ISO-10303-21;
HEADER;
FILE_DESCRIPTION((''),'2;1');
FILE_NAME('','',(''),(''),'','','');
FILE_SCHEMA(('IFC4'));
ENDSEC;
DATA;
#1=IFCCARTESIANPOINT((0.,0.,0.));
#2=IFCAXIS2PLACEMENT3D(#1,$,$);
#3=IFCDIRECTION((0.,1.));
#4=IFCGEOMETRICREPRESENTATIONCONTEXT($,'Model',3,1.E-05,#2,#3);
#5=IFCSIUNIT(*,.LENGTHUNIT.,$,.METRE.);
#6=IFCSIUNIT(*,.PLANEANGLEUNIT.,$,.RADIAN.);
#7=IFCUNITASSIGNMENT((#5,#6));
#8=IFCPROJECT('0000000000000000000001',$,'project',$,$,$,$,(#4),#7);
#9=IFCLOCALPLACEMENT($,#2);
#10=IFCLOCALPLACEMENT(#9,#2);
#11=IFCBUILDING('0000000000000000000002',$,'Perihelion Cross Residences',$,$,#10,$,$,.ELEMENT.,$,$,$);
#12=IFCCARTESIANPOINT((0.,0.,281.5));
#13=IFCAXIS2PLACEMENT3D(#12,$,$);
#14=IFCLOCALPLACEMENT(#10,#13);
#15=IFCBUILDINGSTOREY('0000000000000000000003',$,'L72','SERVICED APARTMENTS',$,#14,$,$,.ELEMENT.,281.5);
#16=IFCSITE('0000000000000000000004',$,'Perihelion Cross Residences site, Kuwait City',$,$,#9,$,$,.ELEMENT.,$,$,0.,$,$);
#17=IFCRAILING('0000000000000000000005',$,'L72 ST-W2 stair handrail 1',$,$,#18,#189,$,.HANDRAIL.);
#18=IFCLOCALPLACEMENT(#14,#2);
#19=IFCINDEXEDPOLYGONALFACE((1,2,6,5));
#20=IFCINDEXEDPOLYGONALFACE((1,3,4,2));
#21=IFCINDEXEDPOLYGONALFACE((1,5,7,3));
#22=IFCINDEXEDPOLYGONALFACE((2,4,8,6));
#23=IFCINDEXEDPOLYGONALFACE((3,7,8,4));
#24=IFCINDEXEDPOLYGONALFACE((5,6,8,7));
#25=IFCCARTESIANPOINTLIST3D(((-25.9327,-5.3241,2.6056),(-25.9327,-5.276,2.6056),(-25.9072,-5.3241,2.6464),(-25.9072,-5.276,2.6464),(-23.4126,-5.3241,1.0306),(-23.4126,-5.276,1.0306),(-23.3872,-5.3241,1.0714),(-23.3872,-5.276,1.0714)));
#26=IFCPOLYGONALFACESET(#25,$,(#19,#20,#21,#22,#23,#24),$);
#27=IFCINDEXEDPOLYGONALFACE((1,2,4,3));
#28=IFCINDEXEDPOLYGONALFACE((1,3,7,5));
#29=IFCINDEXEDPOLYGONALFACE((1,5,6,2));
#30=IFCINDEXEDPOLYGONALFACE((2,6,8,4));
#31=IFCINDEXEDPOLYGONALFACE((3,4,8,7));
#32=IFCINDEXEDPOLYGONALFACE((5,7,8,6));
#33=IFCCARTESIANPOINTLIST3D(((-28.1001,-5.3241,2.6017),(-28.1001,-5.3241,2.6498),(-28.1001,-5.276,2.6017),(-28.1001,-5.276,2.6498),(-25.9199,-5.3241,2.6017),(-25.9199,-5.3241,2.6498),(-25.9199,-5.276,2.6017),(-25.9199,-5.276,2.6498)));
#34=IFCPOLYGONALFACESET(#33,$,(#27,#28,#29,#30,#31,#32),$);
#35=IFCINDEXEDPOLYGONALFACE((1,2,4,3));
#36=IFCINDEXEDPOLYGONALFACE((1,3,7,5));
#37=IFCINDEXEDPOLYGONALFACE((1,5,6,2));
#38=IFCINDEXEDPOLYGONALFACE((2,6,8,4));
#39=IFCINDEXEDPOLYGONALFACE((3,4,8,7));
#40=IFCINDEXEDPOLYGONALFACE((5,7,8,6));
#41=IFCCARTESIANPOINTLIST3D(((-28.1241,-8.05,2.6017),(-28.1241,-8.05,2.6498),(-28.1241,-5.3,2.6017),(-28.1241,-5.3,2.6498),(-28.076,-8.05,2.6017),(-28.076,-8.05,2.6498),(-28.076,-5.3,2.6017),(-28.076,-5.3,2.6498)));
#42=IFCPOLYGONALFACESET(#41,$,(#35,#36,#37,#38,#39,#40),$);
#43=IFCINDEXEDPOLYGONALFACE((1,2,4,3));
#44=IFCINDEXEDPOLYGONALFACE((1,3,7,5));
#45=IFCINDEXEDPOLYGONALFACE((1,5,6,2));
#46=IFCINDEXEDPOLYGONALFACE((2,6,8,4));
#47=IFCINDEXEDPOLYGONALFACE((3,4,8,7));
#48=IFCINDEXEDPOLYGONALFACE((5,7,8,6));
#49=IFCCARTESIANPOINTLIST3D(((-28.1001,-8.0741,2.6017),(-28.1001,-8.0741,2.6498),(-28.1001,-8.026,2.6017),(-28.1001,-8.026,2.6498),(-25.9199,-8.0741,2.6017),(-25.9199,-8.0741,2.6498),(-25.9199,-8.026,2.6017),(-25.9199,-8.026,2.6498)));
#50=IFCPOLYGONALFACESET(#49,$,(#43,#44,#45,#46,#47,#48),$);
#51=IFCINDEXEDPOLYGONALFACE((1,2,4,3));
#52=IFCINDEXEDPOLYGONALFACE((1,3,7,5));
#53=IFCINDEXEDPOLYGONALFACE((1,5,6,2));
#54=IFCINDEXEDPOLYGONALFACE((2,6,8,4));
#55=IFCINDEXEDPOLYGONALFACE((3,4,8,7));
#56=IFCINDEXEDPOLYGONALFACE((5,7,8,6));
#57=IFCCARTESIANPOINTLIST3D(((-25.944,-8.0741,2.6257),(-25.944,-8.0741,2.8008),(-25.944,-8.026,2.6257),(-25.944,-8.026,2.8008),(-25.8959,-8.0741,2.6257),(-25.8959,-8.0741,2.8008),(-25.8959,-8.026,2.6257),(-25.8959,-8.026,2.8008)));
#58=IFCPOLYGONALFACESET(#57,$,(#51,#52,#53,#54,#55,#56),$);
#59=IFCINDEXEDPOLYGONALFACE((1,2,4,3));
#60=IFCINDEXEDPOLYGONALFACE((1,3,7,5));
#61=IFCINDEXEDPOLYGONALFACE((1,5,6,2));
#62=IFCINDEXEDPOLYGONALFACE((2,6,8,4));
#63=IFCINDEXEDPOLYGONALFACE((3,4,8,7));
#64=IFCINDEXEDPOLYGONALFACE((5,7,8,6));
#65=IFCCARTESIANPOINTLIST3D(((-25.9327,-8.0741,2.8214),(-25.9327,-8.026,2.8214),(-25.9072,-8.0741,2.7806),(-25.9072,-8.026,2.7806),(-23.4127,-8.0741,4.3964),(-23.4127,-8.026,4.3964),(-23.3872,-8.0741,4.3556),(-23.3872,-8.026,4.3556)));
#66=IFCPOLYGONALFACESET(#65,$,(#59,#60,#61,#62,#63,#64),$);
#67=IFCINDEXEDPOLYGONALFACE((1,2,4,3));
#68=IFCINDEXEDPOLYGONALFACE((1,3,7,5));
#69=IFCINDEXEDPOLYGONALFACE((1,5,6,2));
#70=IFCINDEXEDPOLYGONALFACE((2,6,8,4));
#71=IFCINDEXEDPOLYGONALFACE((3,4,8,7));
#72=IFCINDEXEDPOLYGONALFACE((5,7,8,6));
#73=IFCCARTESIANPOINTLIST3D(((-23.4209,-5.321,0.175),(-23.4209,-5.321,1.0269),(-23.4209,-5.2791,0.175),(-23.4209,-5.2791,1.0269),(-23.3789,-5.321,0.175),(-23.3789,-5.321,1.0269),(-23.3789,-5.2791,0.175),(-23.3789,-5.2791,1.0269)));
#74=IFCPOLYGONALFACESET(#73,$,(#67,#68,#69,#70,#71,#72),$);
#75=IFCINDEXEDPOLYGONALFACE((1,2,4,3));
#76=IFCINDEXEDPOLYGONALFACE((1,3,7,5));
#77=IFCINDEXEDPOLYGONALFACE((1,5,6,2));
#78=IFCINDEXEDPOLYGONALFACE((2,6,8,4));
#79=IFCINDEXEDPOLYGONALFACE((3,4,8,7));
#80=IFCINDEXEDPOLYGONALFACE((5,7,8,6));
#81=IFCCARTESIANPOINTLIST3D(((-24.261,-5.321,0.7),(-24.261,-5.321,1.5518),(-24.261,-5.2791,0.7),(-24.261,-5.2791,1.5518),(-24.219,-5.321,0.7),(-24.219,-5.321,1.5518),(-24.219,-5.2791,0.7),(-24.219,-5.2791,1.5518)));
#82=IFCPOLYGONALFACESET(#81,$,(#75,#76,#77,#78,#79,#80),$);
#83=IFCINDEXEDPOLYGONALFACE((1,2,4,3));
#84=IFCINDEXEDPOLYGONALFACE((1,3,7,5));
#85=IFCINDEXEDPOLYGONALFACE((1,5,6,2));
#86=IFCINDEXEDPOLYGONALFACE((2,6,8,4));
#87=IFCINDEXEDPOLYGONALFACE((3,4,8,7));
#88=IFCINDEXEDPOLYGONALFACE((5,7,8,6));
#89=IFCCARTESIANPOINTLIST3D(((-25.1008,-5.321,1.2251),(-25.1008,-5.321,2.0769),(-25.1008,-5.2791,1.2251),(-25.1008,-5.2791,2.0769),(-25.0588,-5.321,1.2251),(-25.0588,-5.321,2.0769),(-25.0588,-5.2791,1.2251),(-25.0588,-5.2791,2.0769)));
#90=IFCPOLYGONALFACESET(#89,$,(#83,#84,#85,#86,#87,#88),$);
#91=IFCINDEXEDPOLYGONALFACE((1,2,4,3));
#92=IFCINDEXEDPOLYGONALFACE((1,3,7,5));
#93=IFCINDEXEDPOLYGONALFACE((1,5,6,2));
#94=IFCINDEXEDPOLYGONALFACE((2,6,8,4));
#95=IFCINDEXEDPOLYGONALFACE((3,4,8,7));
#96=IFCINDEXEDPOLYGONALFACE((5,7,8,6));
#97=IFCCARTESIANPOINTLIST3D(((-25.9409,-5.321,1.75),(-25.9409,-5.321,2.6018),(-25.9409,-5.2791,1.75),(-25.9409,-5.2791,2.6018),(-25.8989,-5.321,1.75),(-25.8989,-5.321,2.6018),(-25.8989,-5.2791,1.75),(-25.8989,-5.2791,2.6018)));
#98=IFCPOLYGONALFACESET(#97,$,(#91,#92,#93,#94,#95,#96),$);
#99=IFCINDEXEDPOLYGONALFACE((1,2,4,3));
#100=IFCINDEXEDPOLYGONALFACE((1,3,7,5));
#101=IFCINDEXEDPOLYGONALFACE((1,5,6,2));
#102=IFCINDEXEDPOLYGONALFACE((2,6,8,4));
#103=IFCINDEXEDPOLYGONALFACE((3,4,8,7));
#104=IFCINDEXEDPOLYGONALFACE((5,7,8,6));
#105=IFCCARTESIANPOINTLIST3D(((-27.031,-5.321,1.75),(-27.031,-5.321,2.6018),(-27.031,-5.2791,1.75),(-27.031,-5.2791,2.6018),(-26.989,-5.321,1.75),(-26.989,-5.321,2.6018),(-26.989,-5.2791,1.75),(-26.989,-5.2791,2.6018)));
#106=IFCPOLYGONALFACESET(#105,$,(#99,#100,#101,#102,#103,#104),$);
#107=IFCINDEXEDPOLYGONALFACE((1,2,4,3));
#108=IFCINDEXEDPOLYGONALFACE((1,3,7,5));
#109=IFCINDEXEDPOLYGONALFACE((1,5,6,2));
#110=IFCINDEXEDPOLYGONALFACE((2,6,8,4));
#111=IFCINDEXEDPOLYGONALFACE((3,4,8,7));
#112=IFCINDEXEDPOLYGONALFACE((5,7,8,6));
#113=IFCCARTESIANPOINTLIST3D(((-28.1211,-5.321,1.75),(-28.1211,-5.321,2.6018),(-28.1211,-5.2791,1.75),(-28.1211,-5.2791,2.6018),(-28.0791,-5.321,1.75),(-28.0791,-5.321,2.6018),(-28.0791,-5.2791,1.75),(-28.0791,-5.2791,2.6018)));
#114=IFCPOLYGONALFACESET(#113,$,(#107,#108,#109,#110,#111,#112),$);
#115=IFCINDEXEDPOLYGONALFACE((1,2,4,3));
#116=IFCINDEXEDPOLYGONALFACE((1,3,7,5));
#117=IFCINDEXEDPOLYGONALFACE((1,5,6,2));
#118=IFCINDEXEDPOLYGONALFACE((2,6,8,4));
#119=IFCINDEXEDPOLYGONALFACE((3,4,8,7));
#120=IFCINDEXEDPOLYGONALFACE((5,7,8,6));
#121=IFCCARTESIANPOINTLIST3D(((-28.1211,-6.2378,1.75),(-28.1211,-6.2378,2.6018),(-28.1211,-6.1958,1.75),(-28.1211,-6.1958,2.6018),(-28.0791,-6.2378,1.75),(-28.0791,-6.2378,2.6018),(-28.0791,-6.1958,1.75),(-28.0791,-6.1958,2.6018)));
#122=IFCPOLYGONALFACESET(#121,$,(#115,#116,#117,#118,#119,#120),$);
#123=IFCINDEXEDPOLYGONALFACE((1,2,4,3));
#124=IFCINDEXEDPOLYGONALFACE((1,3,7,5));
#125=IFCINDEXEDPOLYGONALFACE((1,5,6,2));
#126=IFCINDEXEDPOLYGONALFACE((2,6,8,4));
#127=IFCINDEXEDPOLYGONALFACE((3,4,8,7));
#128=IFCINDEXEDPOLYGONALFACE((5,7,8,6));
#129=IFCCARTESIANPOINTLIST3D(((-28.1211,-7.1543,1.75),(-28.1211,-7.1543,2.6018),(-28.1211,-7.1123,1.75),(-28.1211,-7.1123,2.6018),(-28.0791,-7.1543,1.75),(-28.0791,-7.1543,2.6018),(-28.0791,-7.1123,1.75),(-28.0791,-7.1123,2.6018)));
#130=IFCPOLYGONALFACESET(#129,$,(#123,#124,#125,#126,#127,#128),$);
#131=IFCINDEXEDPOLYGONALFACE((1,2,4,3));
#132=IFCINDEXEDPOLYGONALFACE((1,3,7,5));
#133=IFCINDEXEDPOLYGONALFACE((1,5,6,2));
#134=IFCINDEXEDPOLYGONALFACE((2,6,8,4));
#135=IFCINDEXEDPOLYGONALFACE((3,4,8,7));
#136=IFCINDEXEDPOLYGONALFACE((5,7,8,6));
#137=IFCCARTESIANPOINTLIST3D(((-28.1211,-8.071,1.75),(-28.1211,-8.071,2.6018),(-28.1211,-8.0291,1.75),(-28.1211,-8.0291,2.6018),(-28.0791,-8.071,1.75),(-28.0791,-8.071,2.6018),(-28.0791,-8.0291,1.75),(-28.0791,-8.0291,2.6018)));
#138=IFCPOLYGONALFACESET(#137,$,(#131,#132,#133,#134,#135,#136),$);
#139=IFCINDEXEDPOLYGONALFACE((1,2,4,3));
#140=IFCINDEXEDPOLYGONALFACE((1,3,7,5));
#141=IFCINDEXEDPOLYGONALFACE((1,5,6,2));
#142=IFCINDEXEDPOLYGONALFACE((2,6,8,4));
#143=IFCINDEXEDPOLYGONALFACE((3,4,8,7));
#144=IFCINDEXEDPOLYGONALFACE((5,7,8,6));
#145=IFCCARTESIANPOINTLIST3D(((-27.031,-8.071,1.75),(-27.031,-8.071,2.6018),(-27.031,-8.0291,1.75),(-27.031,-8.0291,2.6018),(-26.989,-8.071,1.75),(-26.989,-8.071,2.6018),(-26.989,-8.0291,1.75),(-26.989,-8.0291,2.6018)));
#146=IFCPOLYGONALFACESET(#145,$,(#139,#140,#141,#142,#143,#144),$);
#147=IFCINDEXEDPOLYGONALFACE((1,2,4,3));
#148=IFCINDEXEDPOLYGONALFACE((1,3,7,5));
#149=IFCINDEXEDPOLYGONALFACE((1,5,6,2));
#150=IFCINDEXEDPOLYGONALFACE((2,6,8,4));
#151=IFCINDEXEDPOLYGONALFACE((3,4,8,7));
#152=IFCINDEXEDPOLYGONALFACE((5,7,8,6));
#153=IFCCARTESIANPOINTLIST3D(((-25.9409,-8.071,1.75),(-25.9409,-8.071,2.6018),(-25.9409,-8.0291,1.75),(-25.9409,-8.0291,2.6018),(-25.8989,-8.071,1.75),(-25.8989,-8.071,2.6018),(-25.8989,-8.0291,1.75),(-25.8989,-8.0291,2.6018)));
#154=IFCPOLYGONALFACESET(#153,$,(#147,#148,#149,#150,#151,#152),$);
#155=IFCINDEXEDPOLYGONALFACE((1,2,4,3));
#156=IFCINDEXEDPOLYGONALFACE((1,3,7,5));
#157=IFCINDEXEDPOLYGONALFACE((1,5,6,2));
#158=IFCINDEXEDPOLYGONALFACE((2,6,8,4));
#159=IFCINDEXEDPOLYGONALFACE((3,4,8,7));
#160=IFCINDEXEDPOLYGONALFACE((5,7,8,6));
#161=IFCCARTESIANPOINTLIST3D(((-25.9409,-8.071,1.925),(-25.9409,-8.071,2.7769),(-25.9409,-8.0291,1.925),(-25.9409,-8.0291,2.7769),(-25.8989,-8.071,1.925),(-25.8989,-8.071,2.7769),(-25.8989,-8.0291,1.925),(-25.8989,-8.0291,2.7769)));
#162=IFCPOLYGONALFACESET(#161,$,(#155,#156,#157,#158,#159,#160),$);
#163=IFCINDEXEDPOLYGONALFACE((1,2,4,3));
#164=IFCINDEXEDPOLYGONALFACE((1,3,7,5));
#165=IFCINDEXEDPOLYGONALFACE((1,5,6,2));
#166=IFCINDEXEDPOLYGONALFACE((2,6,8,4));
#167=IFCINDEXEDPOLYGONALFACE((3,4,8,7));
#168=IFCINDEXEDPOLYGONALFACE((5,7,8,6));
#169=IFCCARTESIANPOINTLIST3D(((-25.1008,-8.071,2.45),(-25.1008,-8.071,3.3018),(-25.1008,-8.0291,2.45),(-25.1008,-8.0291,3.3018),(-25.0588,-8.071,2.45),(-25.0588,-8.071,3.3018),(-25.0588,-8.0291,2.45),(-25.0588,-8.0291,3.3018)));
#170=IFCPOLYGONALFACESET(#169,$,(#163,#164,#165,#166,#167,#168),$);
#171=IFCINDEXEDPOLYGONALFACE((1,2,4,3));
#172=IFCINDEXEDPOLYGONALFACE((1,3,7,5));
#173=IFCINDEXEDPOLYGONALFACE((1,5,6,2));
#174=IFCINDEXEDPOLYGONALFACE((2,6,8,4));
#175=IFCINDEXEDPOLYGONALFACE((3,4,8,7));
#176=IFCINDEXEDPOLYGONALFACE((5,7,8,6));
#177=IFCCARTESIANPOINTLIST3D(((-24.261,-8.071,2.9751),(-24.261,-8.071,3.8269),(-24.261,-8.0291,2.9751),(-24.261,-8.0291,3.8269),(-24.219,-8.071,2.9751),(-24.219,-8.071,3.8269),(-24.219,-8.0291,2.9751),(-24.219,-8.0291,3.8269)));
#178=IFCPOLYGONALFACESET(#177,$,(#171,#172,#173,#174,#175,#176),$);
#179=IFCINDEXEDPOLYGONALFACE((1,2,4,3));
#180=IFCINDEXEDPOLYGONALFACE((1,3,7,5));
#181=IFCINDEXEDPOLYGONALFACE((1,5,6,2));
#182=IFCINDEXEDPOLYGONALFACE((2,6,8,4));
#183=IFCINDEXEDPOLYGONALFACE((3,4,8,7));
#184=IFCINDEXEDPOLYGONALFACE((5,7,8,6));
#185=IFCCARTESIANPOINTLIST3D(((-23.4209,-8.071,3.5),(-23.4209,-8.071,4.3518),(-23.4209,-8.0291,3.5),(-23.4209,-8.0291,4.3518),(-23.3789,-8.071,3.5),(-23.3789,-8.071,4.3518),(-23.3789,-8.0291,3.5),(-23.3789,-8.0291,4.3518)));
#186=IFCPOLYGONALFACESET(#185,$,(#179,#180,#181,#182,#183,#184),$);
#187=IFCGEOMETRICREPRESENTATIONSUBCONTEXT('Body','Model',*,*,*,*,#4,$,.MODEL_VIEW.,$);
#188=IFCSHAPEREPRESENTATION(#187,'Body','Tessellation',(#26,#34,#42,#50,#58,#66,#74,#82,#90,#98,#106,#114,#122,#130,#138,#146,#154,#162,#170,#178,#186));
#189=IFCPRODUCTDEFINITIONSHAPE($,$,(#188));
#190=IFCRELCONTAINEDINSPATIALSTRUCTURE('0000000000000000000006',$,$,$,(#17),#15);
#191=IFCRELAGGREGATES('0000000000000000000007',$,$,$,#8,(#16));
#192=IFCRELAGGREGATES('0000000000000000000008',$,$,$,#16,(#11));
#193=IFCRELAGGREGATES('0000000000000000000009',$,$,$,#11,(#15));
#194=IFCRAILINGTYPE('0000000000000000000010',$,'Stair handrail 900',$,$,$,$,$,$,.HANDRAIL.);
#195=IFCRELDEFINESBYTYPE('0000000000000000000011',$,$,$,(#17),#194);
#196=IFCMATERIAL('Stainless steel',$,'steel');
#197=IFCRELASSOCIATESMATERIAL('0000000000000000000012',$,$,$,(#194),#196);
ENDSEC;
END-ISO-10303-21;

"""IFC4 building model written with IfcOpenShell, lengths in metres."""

from ifc_helpers import new_model, si_unit, direction, frame, origin, origin_2d, place, context, subcontext, project, spatial, rectangle, extrude, material, type_object, element, save


model = new_model("IFC4")

# Units and contexts
model_context = context("Model", 3, precision=1e-05, world=origin(), true_north=direction((0.0, 1.0)))
body_context = subcontext(model_context, "Body", "Model", "MODEL_VIEW")
ifc_project = project(units=[si_unit("LENGTHUNIT", "METRE"), si_unit("PLANEANGLEUNIT", "RADIAN")], contexts=[model_context])

# Site, building, storey
site_placement = place(None, origin())
site = spatial("IfcSite", under=ifc_project, at=site_placement, Name="Perihelion Cross Residences site, Kuwait City", CompositionType="ELEMENT", RefElevation=0.0)
building_placement = place(site_placement, origin())
building = spatial("IfcBuilding", under=site, at=building_placement, Name="Perihelion Cross Residences", CompositionType="ELEMENT")
storey_placement = place(building_placement, frame((0.0, 0.0, 281.5)))
storey = spatial("IfcBuildingStorey", under=building, at=storey_placement, Name="L72", Description="SERVICED APARTMENTS", CompositionType="ELEMENT", Elevation=281.5)

# Railing
ifc_material_1 = material(Name="Stainless steel", Category="steel")
railing_type_1 = type_object("IfcRailingType", Name="Stair handrail 900", PredefinedType="HANDRAIL", material=ifc_material_1)
railing_1_placement = place(storey_placement, frame((-23.3999, -5.3, 0.175)))
element("IfcRailing", 1, at=railing_1_placement, inside=storey, type_object=railing_type_1, Name="L72 ST-W2 stair handrail 1", PredefinedType="HANDRAIL", context=body_context, shape_type="SweptSolid", body=[
    extrude(rectangle(XDim=0.0481, YDim=0.0481, at=origin_2d()), frame((0.0, 0.0, 0.876), z_axis=(-0.848008, 0.0, 0.529984), x_axis=(0.0, -1.0, 0.0)), (0.0, 0.0, 1.0), 2.9717),
    extrude(rectangle(XDim=0.0481, YDim=0.0481, at=origin_2d()), frame((-2.52, 0.0, 2.4507), z_axis=(-1.0, 0.0, 0.0), x_axis=(0.0, -1.0, 0.0)), (0.0, 0.0, 1.0), 2.1802),
    extrude(rectangle(XDim=0.0481, YDim=0.0481, at=origin_2d()), frame((-4.7002, 0.0, 2.4507), z_axis=(0.0, -1.0, 0.0), x_axis=(1.0, 0.0, 0.0)), (0.0, 0.0, 1.0), 2.75),
    extrude(rectangle(XDim=0.0481, YDim=0.0481, at=origin_2d()), frame((-4.7002, -2.75, 2.4507), z_axis=(1.0, 0.0, 0.0), x_axis=(0.0, 1.0, 0.0)), (0.0, 0.0, 1.0), 2.1802),
    extrude(rectangle(XDim=0.0481, YDim=0.0481, at=origin_2d()), frame((-2.52, -2.75, 2.4507), z_axis=(0.0, 0.0, 1.0), x_axis=(1.0, 0.0, 0.0)), (0.0, 0.0, 1.0), 0.175),
    extrude(rectangle(XDim=0.0481, YDim=0.0481, at=origin_2d()), frame((-2.52, -2.75, 2.626), z_axis=(0.848008, 0.0, 0.529984), x_axis=(0.0, 1.0, 0.0)), (0.0, 0.0, 1.0), 2.9717),
    extrude(rectangle(XDim=0.042, YDim=0.042, at=origin_2d()), origin(), (0.0, 0.0, 1.0), 0.8518),
    extrude(rectangle(XDim=0.042, YDim=0.042, at=origin_2d()), frame((-0.8401, 0.0, 0.5249)), (0.0, 0.0, 1.0), 0.8518),
    extrude(rectangle(XDim=0.042, YDim=0.042, at=origin_2d()), frame((-1.6799, 0.0, 1.05)), (0.0, 0.0, 1.0), 0.8518),
    extrude(rectangle(XDim=0.042, YDim=0.042, at=origin_2d()), frame((-2.52, 0.0, 1.575)), (0.0, 0.0, 1.0), 0.8518),
    extrude(rectangle(XDim=0.042, YDim=0.042, at=origin_2d()), frame((-3.6101, 0.0, 1.575)), (0.0, 0.0, 1.0), 0.8518),
    extrude(rectangle(XDim=0.042, YDim=0.042, at=origin_2d()), frame((-4.7002, 0.0, 1.575)), (0.0, 0.0, 1.0), 0.8518),
    extrude(rectangle(XDim=0.042, YDim=0.042, at=origin_2d()), frame((-4.7002, -0.9167, 1.575)), (0.0, 0.0, 1.0), 0.8518),
    extrude(rectangle(XDim=0.042, YDim=0.042, at=origin_2d()), frame((-4.7002, -1.8333, 1.575)), (0.0, 0.0, 1.0), 0.8518),
    extrude(rectangle(XDim=0.042, YDim=0.042, at=origin_2d()), frame((-4.7002, -2.75, 1.575)), (0.0, 0.0, 1.0), 0.8518),
    extrude(rectangle(XDim=0.042, YDim=0.042, at=origin_2d()), frame((-3.6101, -2.75, 1.575)), (0.0, 0.0, 1.0), 0.8518),
    extrude(rectangle(XDim=0.042, YDim=0.042, at=origin_2d()), frame((-2.52, -2.75, 1.575)), (0.0, 0.0, 1.0), 0.8518),
    extrude(rectangle(XDim=0.042, YDim=0.042, at=origin_2d()), frame((-2.52, -2.75, 1.75)), (0.0, 0.0, 1.0), 0.8518),
    extrude(rectangle(XDim=0.042, YDim=0.042, at=origin_2d()), frame((-1.6799, -2.75, 2.2749)), (0.0, 0.0, 1.0), 0.8518),
    extrude(rectangle(XDim=0.042, YDim=0.042, at=origin_2d()), frame((-0.8401, -2.75, 2.8)), (0.0, 0.0, 1.0), 0.8518),
    extrude(rectangle(XDim=0.042, YDim=0.042, at=origin_2d()), frame((0.0, -2.75, 3.325)), (0.0, 0.0, 1.0), 0.8518),
])

save(model, "model.ifc")
